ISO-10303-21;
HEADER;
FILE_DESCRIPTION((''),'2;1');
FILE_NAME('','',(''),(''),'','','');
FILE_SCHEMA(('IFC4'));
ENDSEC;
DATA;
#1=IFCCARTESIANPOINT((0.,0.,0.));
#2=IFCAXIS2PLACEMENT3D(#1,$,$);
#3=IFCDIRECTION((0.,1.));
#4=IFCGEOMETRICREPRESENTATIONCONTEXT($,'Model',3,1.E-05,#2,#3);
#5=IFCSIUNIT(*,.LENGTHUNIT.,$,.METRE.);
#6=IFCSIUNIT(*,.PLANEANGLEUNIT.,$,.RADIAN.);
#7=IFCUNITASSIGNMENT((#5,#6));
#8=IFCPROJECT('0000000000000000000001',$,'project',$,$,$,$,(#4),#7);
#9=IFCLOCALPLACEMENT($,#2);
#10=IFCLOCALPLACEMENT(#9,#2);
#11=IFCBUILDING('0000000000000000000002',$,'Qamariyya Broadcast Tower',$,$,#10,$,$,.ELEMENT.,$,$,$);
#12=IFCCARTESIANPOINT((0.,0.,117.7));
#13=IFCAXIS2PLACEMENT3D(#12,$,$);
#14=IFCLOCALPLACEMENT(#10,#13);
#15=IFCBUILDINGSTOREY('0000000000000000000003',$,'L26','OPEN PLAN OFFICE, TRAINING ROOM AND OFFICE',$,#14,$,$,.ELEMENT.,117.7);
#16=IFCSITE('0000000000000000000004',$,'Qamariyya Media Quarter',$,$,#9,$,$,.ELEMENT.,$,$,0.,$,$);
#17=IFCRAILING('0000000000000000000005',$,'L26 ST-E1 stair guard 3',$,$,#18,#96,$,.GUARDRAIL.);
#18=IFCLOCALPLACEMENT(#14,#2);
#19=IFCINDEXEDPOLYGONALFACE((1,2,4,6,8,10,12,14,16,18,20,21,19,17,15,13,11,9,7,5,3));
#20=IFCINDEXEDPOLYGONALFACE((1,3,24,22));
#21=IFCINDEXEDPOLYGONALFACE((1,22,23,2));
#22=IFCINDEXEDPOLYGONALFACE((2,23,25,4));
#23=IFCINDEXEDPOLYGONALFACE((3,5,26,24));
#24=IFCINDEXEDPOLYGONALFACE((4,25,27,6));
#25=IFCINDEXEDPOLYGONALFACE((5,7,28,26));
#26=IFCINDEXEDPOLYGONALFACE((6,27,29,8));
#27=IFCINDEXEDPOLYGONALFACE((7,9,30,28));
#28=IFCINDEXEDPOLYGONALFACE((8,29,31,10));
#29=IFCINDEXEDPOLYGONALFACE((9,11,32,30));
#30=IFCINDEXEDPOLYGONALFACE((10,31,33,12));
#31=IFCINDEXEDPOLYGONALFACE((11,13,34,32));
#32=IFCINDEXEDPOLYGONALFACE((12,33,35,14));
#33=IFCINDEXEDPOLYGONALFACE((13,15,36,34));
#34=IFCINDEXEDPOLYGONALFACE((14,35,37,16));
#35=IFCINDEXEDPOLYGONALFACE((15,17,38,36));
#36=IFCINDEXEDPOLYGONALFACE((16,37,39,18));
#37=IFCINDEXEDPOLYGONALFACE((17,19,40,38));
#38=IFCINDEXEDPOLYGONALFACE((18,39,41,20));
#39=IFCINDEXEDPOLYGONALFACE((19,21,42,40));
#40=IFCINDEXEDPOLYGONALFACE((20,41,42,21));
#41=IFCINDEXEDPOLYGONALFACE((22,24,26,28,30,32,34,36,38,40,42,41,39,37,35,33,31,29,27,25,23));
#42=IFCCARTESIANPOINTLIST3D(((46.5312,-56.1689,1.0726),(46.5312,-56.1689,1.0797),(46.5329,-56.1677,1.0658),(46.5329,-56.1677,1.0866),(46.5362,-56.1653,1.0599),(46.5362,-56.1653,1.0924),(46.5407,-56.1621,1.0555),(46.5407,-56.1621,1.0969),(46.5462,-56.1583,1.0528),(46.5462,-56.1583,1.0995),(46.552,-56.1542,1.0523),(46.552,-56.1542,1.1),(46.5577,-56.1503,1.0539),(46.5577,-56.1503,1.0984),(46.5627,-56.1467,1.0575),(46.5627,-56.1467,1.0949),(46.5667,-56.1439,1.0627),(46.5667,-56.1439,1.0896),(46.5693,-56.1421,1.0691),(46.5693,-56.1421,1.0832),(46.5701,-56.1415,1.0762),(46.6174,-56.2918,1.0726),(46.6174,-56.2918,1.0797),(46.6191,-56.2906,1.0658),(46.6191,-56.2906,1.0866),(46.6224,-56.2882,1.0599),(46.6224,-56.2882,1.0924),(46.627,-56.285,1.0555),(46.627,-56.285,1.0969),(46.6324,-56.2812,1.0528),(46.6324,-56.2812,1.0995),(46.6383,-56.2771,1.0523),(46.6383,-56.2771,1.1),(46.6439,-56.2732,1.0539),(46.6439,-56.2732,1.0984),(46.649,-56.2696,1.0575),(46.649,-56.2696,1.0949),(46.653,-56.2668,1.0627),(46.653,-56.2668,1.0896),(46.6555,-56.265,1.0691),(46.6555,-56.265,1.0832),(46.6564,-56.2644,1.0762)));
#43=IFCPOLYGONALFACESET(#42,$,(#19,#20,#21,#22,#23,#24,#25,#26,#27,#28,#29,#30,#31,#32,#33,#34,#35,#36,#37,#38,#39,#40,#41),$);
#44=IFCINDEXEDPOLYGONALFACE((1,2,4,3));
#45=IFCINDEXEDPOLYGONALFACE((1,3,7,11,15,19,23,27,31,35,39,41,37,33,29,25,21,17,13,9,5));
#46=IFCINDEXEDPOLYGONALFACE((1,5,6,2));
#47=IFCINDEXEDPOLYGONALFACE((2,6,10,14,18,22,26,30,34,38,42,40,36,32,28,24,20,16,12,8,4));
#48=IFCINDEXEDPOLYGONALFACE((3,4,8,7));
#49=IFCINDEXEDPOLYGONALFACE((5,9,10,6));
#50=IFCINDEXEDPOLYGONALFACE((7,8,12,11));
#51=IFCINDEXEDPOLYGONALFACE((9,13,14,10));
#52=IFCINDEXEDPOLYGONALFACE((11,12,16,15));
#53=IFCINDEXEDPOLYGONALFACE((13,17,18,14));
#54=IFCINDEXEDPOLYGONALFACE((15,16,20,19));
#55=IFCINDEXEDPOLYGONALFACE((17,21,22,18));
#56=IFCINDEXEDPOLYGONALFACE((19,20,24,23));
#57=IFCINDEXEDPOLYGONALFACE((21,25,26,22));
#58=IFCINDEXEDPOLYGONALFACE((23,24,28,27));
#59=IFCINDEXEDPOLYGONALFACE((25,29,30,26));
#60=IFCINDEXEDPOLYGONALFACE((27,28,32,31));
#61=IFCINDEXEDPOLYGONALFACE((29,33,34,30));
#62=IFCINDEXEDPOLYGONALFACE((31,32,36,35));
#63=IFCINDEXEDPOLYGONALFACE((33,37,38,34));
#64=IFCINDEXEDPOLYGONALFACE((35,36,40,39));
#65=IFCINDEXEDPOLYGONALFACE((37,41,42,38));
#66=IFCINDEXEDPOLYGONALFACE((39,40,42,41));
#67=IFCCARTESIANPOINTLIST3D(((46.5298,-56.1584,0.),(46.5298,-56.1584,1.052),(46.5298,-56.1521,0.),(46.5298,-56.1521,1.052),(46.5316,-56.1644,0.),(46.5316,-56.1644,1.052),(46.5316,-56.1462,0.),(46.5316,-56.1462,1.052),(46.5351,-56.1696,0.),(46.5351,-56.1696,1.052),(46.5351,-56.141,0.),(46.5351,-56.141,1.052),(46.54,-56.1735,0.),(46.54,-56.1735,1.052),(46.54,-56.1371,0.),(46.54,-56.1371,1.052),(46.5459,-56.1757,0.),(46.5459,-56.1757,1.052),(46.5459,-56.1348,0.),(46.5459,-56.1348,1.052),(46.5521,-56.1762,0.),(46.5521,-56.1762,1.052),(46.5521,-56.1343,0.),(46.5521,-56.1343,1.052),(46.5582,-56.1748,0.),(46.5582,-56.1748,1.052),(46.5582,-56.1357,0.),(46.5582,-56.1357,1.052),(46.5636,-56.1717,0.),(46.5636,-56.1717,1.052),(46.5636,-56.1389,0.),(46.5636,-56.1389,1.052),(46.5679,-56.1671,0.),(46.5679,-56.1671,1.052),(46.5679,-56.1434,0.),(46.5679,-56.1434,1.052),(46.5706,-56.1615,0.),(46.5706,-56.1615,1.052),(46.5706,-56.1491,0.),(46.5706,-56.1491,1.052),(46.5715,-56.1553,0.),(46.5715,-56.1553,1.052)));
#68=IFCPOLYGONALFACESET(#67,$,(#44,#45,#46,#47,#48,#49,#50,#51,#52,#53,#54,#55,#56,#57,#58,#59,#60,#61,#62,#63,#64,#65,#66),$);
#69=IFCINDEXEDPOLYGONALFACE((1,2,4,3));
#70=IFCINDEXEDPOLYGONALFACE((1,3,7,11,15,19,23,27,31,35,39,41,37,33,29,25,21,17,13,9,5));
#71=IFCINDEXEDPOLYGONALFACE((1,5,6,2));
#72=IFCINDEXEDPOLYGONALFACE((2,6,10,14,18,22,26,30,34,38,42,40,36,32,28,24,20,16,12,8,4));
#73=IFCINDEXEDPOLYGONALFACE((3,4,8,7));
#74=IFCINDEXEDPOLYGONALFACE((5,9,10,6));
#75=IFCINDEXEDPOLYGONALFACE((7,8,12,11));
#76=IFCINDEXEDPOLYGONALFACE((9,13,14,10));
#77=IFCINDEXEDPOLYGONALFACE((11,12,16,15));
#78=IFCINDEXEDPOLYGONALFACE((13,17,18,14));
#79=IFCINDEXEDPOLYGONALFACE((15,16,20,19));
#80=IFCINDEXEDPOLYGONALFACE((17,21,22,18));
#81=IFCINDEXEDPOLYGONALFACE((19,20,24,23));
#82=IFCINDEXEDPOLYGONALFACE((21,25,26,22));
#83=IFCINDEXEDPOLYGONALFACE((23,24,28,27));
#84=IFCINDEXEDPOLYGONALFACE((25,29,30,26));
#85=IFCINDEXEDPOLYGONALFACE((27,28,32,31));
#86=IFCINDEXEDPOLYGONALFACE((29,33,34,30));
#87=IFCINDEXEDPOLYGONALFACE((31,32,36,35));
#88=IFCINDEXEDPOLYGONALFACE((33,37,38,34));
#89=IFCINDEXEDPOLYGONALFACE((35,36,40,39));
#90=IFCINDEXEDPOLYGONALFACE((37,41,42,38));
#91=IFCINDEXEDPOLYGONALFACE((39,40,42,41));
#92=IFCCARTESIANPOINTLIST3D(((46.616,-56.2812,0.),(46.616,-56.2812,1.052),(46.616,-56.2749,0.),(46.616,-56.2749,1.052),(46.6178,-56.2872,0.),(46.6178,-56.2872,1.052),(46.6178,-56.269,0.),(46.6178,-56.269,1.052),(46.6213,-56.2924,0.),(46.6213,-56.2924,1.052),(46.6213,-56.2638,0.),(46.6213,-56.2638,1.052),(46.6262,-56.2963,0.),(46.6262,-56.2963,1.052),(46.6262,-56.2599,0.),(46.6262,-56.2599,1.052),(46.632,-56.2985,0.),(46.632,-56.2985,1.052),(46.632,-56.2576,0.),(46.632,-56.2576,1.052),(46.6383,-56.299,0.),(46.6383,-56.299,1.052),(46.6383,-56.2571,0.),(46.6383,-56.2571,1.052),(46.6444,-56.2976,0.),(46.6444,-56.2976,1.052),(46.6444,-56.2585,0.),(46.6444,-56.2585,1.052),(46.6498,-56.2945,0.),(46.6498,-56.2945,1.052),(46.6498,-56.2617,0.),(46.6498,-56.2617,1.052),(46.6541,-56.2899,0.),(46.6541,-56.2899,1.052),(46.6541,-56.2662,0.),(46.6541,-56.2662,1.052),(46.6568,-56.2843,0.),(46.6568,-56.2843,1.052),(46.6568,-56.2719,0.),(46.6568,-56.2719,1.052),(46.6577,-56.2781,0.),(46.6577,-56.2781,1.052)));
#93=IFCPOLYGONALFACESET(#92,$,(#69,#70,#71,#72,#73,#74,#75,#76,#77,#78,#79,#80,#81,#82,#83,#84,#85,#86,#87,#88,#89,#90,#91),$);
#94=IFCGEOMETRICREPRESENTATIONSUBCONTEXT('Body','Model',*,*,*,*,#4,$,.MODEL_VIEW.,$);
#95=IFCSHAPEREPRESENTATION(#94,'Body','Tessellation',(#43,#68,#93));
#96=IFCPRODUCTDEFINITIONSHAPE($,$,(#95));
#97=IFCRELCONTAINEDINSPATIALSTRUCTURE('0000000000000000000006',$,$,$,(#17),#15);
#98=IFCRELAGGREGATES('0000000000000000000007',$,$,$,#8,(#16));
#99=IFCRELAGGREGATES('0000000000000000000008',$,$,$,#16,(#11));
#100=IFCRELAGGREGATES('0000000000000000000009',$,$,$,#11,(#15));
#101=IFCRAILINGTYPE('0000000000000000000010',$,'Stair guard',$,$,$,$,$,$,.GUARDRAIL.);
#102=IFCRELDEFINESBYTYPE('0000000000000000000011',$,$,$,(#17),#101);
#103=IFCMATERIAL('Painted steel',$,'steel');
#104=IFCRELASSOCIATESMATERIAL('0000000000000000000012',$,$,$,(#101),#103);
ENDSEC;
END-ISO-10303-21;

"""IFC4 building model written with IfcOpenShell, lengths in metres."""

from ifc_helpers import new_model, si_unit, direction, frame, origin, origin_2d, place, context, subcontext, project, spatial, circle, extrude, material, type_object, element, save


model = new_model("IFC4")

# Units and contexts
model_context = context("Model", 3, precision=1e-05, world=origin(), true_north=direction((0.0, 1.0)))
body_context = subcontext(model_context, "Body", "Model", "MODEL_VIEW")
ifc_project = project(units=[si_unit("LENGTHUNIT", "METRE"), si_unit("PLANEANGLEUNIT", "RADIAN")], contexts=[model_context])

# Site, building, storey
site_placement = place(None, origin())
site = spatial("IfcSite", under=ifc_project, at=site_placement, Name="Qamariyya Media Quarter", CompositionType="ELEMENT", RefElevation=0.0)
building_placement = place(site_placement, origin())
building = spatial("IfcBuilding", under=site, at=building_placement, Name="Qamariyya Broadcast Tower", CompositionType="ELEMENT")
storey_placement = place(building_placement, frame((0.0, 0.0, 117.7)))
storey = spatial("IfcBuildingStorey", under=building, at=storey_placement, Name="L26", Description="OPEN PLAN OFFICE, TRAINING ROOM AND OFFICE", CompositionType="ELEMENT", Elevation=117.7)

# Railing
ifc_material_1 = material(Name="Painted steel", Category="steel")
railing_type_1 = type_object("IfcRailingType", Name="Stair guard", PredefinedType="GUARDRAIL", material=ifc_material_1)
railing_1_placement = place(storey_placement, frame((46.5505, -56.1553, 0.0)))
element("IfcRailing", 1, at=railing_1_placement, inside=storey, type_object=railing_type_1, Name="L26 ST-E1 stair guard 3", PredefinedType="GUARDRAIL", context=body_context, shape_type="SweptSolid", body=[
    extrude(circle(Radius=0.0239, at=origin_2d()), frame((0.0, 0.0, 1.0762), z_axis=(0.574445, -0.818543, 0.0), x_axis=(0.818543, 0.574445, 0.0)), (0.0, 0.0, 1.0), 0.1501),
    extrude(circle(Radius=0.021, at=origin_2d()), origin(), (0.0, 0.0, 1.0), 1.052),
    extrude(circle(Radius=0.021, at=origin_2d()), frame((0.0862, -0.1228, 0.0)), (0.0, 0.0, 1.0), 1.052),
])

save(model, "model.ifc")
